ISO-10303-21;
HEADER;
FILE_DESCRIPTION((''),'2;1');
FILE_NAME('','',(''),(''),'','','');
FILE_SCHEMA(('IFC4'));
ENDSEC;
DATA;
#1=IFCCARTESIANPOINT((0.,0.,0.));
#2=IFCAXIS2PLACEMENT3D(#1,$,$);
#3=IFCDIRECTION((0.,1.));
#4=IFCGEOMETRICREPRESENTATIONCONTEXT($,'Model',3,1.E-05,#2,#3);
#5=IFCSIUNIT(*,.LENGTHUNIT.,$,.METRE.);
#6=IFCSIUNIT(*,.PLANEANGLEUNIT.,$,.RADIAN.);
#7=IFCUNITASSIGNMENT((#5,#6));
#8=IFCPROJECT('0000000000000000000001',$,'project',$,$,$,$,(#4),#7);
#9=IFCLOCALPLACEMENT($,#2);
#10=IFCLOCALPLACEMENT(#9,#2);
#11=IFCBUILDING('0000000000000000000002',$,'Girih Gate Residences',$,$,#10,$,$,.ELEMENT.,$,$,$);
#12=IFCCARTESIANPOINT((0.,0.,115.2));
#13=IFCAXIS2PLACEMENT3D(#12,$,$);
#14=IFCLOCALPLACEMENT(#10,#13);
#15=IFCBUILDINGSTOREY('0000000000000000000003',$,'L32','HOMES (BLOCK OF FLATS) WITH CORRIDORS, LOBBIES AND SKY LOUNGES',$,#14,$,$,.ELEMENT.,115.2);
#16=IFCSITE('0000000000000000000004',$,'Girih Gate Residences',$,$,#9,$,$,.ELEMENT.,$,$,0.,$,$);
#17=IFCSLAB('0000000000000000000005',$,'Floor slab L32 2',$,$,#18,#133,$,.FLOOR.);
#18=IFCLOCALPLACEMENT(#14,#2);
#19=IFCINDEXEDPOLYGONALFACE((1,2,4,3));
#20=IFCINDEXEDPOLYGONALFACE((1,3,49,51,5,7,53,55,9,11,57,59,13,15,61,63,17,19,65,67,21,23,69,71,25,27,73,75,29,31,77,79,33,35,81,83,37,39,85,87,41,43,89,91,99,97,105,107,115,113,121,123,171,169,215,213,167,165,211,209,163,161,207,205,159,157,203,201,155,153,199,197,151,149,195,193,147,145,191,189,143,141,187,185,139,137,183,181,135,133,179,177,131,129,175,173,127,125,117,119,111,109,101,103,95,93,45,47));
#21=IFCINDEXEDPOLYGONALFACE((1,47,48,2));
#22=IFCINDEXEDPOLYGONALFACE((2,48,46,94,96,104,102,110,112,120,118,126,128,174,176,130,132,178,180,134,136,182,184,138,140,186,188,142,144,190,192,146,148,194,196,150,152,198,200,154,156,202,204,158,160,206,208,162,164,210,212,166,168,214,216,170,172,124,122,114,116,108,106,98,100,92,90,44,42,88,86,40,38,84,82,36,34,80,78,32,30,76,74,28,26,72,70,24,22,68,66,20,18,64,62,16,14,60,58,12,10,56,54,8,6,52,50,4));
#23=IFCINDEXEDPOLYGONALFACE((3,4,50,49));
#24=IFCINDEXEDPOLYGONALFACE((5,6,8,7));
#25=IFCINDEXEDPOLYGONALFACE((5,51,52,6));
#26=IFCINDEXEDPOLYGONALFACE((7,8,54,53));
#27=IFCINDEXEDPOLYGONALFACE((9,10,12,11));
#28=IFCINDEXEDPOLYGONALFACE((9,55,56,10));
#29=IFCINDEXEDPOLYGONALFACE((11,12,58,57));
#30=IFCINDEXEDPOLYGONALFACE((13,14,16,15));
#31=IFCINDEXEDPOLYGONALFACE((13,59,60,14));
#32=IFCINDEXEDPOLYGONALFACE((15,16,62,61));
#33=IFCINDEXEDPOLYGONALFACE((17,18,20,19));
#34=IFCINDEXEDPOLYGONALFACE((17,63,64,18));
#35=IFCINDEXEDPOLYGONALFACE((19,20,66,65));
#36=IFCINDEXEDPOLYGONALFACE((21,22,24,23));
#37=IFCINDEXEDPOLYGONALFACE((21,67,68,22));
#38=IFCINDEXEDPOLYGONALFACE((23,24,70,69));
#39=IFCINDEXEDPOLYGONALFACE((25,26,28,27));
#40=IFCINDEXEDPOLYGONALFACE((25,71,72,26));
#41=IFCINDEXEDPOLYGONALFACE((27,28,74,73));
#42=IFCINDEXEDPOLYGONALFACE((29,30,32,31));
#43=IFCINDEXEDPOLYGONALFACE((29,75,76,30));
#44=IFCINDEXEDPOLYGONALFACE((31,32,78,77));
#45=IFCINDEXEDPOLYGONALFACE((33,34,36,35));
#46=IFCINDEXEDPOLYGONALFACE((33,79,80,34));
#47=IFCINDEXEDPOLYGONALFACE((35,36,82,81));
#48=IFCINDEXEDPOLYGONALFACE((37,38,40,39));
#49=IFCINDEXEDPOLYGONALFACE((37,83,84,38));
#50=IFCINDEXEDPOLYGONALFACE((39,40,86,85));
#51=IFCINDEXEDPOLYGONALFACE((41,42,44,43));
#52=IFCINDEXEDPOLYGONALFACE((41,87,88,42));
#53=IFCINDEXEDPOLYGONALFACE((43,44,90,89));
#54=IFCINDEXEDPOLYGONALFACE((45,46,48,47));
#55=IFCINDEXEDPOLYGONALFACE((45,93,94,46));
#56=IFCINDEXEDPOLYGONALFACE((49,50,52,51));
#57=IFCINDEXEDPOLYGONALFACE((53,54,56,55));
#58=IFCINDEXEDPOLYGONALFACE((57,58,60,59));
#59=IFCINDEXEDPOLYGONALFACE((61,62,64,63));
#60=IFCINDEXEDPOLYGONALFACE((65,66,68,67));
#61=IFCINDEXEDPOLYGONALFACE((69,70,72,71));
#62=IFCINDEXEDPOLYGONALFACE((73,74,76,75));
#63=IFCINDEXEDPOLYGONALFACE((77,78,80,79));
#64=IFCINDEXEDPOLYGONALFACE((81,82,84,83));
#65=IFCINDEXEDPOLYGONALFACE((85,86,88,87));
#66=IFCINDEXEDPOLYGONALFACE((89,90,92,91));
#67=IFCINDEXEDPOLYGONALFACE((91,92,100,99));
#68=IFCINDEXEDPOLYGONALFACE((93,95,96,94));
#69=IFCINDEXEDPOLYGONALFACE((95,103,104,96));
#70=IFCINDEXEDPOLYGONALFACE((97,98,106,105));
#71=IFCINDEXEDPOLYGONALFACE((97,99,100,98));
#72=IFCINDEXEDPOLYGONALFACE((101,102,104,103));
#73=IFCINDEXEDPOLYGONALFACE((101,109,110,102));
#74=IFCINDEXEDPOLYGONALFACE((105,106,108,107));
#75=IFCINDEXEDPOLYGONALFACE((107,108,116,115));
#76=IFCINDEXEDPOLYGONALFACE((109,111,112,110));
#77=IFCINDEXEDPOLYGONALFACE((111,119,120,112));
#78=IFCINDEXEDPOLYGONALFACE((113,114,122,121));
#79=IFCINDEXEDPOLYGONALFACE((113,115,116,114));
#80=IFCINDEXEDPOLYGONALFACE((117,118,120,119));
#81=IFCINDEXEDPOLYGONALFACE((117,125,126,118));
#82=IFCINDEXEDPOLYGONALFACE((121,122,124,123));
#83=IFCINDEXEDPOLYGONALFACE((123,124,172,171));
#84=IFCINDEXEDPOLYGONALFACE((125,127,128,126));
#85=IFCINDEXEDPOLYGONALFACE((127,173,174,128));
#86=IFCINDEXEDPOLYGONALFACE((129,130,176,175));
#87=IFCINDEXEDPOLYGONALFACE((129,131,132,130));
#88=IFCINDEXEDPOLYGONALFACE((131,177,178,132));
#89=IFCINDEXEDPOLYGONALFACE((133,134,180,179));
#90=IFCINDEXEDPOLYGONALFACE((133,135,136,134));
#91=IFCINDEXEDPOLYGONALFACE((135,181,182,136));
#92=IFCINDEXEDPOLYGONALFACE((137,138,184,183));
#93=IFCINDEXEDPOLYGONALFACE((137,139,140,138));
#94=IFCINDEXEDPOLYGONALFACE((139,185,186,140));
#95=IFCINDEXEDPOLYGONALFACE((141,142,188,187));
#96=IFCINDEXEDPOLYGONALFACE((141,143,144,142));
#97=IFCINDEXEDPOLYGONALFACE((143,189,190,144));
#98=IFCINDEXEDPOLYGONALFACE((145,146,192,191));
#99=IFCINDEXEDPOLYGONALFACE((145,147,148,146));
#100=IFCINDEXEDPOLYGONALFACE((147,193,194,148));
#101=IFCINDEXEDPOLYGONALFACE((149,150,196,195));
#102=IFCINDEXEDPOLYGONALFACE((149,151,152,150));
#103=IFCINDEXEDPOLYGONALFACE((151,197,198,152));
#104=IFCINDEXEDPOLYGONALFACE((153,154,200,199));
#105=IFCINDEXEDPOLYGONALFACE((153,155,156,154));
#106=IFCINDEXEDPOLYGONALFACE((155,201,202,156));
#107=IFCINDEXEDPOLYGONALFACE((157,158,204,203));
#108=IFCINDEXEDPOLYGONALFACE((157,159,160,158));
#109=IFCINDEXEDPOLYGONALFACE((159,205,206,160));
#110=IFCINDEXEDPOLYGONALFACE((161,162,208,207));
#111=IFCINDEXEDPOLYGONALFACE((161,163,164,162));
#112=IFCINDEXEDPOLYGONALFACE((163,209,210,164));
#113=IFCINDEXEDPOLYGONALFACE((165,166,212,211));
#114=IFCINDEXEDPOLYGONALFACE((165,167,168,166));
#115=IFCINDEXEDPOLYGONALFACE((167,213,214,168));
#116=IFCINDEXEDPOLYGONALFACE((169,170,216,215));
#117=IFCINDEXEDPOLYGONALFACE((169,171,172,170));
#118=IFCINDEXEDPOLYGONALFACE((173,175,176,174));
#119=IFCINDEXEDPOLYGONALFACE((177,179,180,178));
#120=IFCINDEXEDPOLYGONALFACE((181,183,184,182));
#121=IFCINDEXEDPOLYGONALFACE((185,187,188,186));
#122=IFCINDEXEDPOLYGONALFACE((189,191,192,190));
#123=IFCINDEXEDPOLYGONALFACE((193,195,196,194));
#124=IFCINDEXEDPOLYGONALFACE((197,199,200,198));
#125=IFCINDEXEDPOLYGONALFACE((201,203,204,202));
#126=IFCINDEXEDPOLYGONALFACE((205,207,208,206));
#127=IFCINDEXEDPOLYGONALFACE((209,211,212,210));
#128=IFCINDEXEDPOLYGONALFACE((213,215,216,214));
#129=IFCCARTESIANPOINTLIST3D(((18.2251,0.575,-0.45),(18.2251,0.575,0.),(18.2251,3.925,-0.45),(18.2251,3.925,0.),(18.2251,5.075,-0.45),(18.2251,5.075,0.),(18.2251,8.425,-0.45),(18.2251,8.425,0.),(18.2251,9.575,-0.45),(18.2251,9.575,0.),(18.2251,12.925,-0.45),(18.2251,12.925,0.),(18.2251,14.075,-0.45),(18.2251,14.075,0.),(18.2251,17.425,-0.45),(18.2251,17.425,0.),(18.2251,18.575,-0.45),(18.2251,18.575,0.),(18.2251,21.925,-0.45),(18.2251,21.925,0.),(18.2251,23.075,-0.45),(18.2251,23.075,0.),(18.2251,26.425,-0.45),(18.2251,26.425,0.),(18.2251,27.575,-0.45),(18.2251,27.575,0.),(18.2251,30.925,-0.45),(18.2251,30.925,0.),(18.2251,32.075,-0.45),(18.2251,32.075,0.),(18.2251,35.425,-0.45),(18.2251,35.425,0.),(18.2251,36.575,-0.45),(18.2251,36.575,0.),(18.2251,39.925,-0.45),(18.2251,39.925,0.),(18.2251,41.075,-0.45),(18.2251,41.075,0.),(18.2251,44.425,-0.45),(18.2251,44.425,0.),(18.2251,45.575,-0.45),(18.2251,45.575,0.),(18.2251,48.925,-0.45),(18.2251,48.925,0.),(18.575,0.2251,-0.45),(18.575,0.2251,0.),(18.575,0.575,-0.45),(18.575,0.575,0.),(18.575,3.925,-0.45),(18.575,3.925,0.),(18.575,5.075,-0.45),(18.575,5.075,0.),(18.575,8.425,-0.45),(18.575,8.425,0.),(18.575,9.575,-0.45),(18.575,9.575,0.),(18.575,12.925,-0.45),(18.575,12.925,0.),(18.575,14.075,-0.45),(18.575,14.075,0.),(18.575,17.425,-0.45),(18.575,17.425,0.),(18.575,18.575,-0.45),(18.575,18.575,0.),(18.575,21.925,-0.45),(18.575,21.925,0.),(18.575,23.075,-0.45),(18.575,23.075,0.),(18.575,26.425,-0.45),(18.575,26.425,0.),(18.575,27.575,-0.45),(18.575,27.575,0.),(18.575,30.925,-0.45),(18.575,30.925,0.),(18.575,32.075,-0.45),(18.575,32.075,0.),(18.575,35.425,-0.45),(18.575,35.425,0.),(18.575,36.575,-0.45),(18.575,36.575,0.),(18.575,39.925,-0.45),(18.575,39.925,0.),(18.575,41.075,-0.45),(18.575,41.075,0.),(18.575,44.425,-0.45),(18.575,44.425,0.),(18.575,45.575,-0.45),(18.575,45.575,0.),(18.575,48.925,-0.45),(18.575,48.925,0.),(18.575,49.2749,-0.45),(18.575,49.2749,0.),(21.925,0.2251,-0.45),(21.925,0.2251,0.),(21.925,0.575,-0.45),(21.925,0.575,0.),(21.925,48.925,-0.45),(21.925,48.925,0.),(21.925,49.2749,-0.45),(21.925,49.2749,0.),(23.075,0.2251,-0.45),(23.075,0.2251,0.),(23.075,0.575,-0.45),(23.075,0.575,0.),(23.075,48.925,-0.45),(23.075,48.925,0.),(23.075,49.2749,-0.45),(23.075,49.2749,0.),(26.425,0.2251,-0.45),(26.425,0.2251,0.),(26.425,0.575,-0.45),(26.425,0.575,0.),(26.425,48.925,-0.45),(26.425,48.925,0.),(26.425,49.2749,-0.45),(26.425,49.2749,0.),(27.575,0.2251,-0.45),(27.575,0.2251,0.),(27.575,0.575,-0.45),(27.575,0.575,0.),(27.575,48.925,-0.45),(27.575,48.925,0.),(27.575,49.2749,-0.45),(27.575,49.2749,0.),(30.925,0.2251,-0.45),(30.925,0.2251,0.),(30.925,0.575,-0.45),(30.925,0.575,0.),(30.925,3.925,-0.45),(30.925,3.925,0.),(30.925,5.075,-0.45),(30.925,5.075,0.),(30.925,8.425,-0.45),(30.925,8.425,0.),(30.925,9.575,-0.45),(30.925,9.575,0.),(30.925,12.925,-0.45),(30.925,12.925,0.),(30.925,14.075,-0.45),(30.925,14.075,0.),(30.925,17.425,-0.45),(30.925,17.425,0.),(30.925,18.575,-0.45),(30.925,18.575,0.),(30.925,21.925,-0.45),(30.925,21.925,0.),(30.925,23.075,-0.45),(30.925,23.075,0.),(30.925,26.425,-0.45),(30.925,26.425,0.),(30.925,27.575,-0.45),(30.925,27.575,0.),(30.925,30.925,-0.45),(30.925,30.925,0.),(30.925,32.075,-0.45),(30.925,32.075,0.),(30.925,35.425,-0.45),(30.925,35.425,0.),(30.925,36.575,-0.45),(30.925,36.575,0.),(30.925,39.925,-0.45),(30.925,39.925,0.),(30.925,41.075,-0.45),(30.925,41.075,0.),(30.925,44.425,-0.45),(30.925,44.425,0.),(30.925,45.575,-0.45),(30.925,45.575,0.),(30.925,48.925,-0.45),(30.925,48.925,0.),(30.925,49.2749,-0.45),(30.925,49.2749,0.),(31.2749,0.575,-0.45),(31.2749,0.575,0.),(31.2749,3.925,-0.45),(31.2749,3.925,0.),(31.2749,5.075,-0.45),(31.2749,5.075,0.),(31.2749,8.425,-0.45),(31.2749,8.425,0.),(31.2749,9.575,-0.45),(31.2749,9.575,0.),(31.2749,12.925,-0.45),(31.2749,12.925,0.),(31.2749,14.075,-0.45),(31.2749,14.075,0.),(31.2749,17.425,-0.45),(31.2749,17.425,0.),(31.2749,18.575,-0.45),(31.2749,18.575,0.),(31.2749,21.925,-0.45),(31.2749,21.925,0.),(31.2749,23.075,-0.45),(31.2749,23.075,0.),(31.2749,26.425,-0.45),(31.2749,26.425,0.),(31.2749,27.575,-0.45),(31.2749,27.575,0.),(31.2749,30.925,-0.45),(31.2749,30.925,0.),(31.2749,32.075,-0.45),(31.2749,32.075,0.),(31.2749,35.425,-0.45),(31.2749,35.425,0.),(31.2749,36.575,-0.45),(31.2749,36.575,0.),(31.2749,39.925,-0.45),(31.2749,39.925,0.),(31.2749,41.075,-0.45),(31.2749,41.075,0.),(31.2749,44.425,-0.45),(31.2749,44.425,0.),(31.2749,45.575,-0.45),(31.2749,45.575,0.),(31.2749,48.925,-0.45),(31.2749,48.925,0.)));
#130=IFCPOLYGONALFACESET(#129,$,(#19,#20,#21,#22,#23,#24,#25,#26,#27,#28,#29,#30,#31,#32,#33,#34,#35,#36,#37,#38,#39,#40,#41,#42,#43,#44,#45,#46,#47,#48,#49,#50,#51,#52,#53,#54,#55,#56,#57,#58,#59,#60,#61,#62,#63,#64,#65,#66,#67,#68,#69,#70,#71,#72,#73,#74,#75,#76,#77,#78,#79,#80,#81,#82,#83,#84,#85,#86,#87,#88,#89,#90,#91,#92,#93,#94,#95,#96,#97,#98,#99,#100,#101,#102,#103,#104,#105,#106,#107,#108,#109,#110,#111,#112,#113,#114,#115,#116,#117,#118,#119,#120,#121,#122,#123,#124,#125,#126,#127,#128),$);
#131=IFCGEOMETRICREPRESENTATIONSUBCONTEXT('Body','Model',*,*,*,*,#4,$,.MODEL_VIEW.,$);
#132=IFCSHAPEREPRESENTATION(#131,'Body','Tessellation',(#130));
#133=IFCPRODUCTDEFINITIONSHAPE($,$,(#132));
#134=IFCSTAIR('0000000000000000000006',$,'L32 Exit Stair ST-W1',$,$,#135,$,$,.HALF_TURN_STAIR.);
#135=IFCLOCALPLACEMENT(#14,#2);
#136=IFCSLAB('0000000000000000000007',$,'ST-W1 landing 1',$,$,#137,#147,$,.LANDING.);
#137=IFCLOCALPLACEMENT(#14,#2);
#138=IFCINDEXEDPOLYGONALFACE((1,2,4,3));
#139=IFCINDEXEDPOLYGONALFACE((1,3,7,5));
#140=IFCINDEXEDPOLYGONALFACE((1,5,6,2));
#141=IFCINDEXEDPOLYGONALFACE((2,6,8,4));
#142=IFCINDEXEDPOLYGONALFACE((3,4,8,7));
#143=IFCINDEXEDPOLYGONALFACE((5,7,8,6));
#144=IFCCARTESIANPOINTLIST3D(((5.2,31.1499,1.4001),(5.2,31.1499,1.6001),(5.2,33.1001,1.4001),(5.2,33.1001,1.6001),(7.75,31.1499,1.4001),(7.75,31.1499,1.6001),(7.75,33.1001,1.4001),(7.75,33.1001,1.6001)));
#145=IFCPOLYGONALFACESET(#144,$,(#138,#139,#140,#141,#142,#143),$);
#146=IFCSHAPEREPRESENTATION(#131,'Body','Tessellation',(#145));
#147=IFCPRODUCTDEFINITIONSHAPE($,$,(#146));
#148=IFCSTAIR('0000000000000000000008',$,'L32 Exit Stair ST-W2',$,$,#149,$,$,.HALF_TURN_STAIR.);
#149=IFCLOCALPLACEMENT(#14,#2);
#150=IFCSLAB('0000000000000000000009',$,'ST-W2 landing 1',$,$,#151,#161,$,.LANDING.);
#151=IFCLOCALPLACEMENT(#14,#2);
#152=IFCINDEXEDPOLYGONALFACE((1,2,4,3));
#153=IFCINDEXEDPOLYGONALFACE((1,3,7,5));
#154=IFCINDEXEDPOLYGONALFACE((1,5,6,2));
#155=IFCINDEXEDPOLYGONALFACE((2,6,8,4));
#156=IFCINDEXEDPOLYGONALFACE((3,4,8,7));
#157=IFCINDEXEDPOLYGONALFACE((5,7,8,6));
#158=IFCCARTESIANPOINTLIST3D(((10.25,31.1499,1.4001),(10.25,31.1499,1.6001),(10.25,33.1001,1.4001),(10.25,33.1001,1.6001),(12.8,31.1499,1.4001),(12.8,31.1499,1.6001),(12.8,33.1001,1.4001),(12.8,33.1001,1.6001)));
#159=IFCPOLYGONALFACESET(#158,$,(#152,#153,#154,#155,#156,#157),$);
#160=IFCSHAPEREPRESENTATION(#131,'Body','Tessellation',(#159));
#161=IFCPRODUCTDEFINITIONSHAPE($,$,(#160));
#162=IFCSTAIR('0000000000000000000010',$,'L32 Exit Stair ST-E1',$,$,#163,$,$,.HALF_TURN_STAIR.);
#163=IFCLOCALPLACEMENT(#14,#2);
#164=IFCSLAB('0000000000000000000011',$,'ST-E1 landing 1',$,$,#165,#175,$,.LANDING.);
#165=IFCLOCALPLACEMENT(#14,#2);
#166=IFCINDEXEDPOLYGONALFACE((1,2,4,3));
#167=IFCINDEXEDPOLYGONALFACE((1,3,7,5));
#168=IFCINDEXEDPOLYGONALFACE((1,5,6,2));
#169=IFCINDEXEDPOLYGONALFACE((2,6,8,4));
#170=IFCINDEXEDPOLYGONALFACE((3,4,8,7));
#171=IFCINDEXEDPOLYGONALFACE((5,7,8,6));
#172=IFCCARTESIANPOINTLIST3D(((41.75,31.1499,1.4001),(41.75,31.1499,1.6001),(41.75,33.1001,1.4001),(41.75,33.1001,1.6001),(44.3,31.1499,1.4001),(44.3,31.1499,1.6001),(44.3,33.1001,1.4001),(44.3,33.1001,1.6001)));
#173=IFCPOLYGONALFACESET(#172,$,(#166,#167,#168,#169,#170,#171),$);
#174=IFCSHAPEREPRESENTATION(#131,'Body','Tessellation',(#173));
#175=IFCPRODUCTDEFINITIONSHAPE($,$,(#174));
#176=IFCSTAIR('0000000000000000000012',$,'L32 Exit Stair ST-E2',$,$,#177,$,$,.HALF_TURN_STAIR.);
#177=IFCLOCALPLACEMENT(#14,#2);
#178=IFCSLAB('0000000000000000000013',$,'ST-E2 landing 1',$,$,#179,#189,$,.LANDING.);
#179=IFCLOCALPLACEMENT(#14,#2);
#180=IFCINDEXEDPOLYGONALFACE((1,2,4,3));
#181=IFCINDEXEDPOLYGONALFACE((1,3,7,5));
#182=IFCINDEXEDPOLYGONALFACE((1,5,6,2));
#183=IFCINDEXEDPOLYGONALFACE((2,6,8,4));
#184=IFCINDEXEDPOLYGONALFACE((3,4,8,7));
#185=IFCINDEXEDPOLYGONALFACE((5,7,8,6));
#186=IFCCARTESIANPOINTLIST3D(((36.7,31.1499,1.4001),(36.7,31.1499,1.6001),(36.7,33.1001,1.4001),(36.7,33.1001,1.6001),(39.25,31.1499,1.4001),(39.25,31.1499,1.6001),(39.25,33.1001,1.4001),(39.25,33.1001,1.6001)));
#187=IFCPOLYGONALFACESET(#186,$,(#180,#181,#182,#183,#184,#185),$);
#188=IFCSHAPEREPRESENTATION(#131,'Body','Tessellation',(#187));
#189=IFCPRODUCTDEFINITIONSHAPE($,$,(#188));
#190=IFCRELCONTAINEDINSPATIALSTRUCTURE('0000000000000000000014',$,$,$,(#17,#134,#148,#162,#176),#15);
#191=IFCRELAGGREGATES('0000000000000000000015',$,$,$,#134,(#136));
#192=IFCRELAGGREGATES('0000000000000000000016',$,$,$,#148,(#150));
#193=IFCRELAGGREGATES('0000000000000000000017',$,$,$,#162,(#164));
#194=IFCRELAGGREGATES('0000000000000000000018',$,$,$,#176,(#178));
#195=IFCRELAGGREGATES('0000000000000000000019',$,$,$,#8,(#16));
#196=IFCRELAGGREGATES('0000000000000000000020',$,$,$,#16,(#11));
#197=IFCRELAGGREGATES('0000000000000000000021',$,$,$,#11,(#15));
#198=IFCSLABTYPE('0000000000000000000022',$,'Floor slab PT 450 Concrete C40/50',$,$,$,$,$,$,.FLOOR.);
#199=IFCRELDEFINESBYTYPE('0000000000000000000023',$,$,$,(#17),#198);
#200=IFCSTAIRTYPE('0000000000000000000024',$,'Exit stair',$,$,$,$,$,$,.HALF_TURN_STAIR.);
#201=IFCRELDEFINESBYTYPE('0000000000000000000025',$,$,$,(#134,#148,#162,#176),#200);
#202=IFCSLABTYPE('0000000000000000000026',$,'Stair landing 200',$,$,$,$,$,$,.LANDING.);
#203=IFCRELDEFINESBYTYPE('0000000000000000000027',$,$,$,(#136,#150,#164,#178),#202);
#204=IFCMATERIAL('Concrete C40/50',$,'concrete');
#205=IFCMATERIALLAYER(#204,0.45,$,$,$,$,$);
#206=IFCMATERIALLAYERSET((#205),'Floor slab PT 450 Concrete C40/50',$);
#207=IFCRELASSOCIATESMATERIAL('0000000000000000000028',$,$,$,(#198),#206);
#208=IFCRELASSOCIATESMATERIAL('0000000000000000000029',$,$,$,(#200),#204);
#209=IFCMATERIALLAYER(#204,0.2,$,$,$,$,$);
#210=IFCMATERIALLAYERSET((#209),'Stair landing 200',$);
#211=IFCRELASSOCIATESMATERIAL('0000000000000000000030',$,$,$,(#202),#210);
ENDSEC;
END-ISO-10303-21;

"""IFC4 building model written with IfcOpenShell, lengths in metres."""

from ifc_helpers import new_model, si_unit, direction, frame, origin, place, context, subcontext, project, spatial, polyline, outline, extrude, material, layer, layer_set, type_object, element, aggregate, save


model = new_model("IFC4")

# Units and contexts
model_context = context("Model", 3, precision=1e-05, world=origin(), true_north=direction((0.0, 1.0)))
body_context = subcontext(model_context, "Body", "Model", "MODEL_VIEW")
ifc_project = project(units=[si_unit("LENGTHUNIT", "METRE"), si_unit("PLANEANGLEUNIT", "RADIAN")], contexts=[model_context])

# Site, building, storey
site_placement = place(None, origin())
site = spatial("IfcSite", under=ifc_project, at=site_placement, Name="Girih Gate Residences", CompositionType="ELEMENT", RefElevation=0.0)
building_placement = place(site_placement, origin())
building = spatial("IfcBuilding", under=site, at=building_placement, Name="Girih Gate Residences", CompositionType="ELEMENT")
storey_placement = place(building_placement, frame((0.0, 0.0, 115.2)))
storey = spatial("IfcBuildingStorey", under=building, at=storey_placement, Name="L32", Description="HOMES (BLOCK OF FLATS) WITH CORRIDORS, LOBBIES AND SKY LOUNGES", CompositionType="ELEMENT", Elevation=115.2)

# Slab
ifc_material_1 = material(Name="Concrete C40/50", Category="concrete")
ifc_layer_1 = layer(ifc_material_1, 0.45)
ifc_layer_set_1 = layer_set([ifc_layer_1], Name="Floor slab PT 450 Concrete C40/50")
slab_type_1 = type_object("IfcSlabType", Name="Floor slab PT 450 Concrete C40/50", PredefinedType="FLOOR", material=ifc_layer_set_1)
slab_1_placement = place(storey_placement, frame((0.0, 0.0, -0.45)))
element("IfcSlab", 1, at=slab_1_placement, inside=storey, type_object=slab_type_1, Name="Floor slab L32 2", PredefinedType="FLOOR", context=body_context, shape_type="SweptSolid", body=[
    extrude(outline(polyline([(21.925, 49.2749), (18.575, 49.2749), (18.575, 48.925), (18.2251, 48.925), (18.2251, 45.575), (18.575, 45.575), (18.575, 44.425), (18.2251, 44.425), (18.2251, 41.075), (18.575, 41.075), (18.575, 39.925), (18.2251, 39.925), (18.2251, 36.575), (18.575, 36.575), (18.575, 35.425), (18.2251, 35.425), (18.2251, 32.075), (18.575, 32.075), (18.575, 30.925), (18.2251, 30.925), (18.2251, 27.575), (18.575, 27.575), (18.575, 26.425), (18.2251, 26.425), (18.2251, 23.075), (18.575, 23.075), (18.575, 21.925), (18.2251, 21.925), (18.2251, 18.575), (18.575, 18.575), (18.575, 17.425), (18.2251, 17.425), (18.2251, 14.075), (18.575, 14.075), (18.575, 12.925), (18.2251, 12.925), (18.2251, 9.575), (18.575, 9.575), (18.575, 8.425), (18.2251, 8.425), (18.2251, 5.075), (18.575, 5.075), (18.575, 3.925), (18.2251, 3.925), (18.2251, 0.575), (18.575, 0.575), (18.575, 0.2251), (21.925, 0.2251), (21.925, 0.575), (23.075, 0.575), (23.075, 0.2251), (26.425, 0.2251), (26.425, 0.575), (27.575, 0.575), (27.575, 0.2251), (30.925, 0.2251), (30.925, 0.575), (31.2749, 0.575), (31.2749, 3.925), (30.925, 3.925), (30.925, 5.075), (31.2749, 5.075), (31.2749, 8.425), (30.925, 8.425), (30.925, 9.575), (31.2749, 9.575), (31.2749, 12.925), (30.925, 12.925), (30.925, 14.075), (31.2749, 14.075), (31.2749, 17.425), (30.925, 17.425), (30.925, 18.575), (31.2749, 18.575), (31.2749, 21.925), (30.925, 21.925), (30.925, 23.075), (31.2749, 23.075), (31.2749, 26.425), (30.925, 26.425), (30.925, 27.575), (31.2749, 27.575), (31.2749, 30.925), (30.925, 30.925), (30.925, 32.075), (31.2749, 32.075), (31.2749, 35.425), (30.925, 35.425), (30.925, 36.575), (31.2749, 36.575), (31.2749, 39.925), (30.925, 39.925), (30.925, 41.075), (31.2749, 41.075), (31.2749, 44.425), (30.925, 44.425), (30.925, 45.575), (31.2749, 45.575), (31.2749, 48.925), (30.925, 48.925), (30.925, 49.2749), (27.575, 49.2749), (27.575, 48.925), (26.425, 48.925), (26.425, 49.2749), (23.075, 49.2749), (23.075, 48.925), (21.925, 48.925), (21.925, 49.2749)])), origin(), (0.0, 0.0, 1.0), 0.45),
])

# Stairs, slabs
stair_type = type_object("IfcStairType", Name="Exit stair", PredefinedType="HALF_TURN_STAIR", material=ifc_material_1)
stair_1_placement = place(storey_placement, origin())
stair_1 = element("IfcStair", 2, at=stair_1_placement, inside=storey, type_object=stair_type, Name="L32 Exit Stair ST-W1", PredefinedType="HALF_TURN_STAIR")
ifc_layer_2 = layer(ifc_material_1, 0.2)
ifc_layer_set_2 = layer_set([ifc_layer_2], Name="Stair landing 200")
slab_type_2 = type_object("IfcSlabType", Name="Stair landing 200", PredefinedType="LANDING", material=ifc_layer_set_2)
slab_2_placement = place(storey_placement, frame((0.0, 0.0, 1.4001)))
slab_2 = element("IfcSlab", 3, at=slab_2_placement, type_object=slab_type_2, Name="ST-W1 landing 1", PredefinedType="LANDING", context=body_context, shape_type="SweptSolid", body=[
    extrude(outline(polyline([(7.75, 31.1499), (7.75, 33.1001), (5.2, 33.1001), (5.2, 31.1499), (7.75, 31.1499)])), origin(), (0.0, 0.0, 1.0), 0.2),
])
aggregate(stair_1, [slab_2])
stair_2_placement = place(storey_placement, origin())
stair_2 = element("IfcStair", 4, at=stair_2_placement, inside=storey, type_object=stair_type, Name="L32 Exit Stair ST-W2", PredefinedType="HALF_TURN_STAIR")
slab_3_placement = place(storey_placement, frame((0.0, 0.0, 1.4001)))
slab_3 = element("IfcSlab", 5, at=slab_3_placement, type_object=slab_type_2, Name="ST-W2 landing 1", PredefinedType="LANDING", context=body_context, shape_type="SweptSolid", body=[
    extrude(outline(polyline([(12.8, 31.1499), (12.8, 33.1001), (10.25, 33.1001), (10.25, 31.1499), (12.8, 31.1499)])), origin(), (0.0, 0.0, 1.0), 0.2),
])
aggregate(stair_2, [slab_3])
stair_3_placement = place(storey_placement, origin())
stair_3 = element("IfcStair", 6, at=stair_3_placement, inside=storey, type_object=stair_type, Name="L32 Exit Stair ST-E1", PredefinedType="HALF_TURN_STAIR")
slab_4_placement = place(storey_placement, frame((0.0, 0.0, 1.4001)))
slab_4 = element("IfcSlab", 7, at=slab_4_placement, type_object=slab_type_2, Name="ST-E1 landing 1", PredefinedType="LANDING", context=body_context, shape_type="SweptSolid", body=[
    extrude(outline(polyline([(44.3, 31.1499), (44.3, 33.1001), (41.75, 33.1001), (41.75, 31.1499), (44.3, 31.1499)])), origin(), (0.0, 0.0, 1.0), 0.2),
])
aggregate(stair_3, [slab_4])
stair_4_placement = place(storey_placement, origin())
stair_4 = element("IfcStair", 8, at=stair_4_placement, inside=storey, type_object=stair_type, Name="L32 Exit Stair ST-E2", PredefinedType="HALF_TURN_STAIR")
slab_5_placement = place(storey_placement, frame((0.0, 0.0, 1.4001)))
slab_5 = element("IfcSlab", 9, at=slab_5_placement, type_object=slab_type_2, Name="ST-E2 landing 1", PredefinedType="LANDING", context=body_context, shape_type="SweptSolid", body=[
    extrude(outline(polyline([(39.25, 31.1499), (39.25, 33.1001), (36.7, 33.1001), (36.7, 31.1499), (39.25, 31.1499)])), origin(), (0.0, 0.0, 1.0), 0.2),
])
aggregate(stair_4, [slab_5])

save(model, "model.ifc")
